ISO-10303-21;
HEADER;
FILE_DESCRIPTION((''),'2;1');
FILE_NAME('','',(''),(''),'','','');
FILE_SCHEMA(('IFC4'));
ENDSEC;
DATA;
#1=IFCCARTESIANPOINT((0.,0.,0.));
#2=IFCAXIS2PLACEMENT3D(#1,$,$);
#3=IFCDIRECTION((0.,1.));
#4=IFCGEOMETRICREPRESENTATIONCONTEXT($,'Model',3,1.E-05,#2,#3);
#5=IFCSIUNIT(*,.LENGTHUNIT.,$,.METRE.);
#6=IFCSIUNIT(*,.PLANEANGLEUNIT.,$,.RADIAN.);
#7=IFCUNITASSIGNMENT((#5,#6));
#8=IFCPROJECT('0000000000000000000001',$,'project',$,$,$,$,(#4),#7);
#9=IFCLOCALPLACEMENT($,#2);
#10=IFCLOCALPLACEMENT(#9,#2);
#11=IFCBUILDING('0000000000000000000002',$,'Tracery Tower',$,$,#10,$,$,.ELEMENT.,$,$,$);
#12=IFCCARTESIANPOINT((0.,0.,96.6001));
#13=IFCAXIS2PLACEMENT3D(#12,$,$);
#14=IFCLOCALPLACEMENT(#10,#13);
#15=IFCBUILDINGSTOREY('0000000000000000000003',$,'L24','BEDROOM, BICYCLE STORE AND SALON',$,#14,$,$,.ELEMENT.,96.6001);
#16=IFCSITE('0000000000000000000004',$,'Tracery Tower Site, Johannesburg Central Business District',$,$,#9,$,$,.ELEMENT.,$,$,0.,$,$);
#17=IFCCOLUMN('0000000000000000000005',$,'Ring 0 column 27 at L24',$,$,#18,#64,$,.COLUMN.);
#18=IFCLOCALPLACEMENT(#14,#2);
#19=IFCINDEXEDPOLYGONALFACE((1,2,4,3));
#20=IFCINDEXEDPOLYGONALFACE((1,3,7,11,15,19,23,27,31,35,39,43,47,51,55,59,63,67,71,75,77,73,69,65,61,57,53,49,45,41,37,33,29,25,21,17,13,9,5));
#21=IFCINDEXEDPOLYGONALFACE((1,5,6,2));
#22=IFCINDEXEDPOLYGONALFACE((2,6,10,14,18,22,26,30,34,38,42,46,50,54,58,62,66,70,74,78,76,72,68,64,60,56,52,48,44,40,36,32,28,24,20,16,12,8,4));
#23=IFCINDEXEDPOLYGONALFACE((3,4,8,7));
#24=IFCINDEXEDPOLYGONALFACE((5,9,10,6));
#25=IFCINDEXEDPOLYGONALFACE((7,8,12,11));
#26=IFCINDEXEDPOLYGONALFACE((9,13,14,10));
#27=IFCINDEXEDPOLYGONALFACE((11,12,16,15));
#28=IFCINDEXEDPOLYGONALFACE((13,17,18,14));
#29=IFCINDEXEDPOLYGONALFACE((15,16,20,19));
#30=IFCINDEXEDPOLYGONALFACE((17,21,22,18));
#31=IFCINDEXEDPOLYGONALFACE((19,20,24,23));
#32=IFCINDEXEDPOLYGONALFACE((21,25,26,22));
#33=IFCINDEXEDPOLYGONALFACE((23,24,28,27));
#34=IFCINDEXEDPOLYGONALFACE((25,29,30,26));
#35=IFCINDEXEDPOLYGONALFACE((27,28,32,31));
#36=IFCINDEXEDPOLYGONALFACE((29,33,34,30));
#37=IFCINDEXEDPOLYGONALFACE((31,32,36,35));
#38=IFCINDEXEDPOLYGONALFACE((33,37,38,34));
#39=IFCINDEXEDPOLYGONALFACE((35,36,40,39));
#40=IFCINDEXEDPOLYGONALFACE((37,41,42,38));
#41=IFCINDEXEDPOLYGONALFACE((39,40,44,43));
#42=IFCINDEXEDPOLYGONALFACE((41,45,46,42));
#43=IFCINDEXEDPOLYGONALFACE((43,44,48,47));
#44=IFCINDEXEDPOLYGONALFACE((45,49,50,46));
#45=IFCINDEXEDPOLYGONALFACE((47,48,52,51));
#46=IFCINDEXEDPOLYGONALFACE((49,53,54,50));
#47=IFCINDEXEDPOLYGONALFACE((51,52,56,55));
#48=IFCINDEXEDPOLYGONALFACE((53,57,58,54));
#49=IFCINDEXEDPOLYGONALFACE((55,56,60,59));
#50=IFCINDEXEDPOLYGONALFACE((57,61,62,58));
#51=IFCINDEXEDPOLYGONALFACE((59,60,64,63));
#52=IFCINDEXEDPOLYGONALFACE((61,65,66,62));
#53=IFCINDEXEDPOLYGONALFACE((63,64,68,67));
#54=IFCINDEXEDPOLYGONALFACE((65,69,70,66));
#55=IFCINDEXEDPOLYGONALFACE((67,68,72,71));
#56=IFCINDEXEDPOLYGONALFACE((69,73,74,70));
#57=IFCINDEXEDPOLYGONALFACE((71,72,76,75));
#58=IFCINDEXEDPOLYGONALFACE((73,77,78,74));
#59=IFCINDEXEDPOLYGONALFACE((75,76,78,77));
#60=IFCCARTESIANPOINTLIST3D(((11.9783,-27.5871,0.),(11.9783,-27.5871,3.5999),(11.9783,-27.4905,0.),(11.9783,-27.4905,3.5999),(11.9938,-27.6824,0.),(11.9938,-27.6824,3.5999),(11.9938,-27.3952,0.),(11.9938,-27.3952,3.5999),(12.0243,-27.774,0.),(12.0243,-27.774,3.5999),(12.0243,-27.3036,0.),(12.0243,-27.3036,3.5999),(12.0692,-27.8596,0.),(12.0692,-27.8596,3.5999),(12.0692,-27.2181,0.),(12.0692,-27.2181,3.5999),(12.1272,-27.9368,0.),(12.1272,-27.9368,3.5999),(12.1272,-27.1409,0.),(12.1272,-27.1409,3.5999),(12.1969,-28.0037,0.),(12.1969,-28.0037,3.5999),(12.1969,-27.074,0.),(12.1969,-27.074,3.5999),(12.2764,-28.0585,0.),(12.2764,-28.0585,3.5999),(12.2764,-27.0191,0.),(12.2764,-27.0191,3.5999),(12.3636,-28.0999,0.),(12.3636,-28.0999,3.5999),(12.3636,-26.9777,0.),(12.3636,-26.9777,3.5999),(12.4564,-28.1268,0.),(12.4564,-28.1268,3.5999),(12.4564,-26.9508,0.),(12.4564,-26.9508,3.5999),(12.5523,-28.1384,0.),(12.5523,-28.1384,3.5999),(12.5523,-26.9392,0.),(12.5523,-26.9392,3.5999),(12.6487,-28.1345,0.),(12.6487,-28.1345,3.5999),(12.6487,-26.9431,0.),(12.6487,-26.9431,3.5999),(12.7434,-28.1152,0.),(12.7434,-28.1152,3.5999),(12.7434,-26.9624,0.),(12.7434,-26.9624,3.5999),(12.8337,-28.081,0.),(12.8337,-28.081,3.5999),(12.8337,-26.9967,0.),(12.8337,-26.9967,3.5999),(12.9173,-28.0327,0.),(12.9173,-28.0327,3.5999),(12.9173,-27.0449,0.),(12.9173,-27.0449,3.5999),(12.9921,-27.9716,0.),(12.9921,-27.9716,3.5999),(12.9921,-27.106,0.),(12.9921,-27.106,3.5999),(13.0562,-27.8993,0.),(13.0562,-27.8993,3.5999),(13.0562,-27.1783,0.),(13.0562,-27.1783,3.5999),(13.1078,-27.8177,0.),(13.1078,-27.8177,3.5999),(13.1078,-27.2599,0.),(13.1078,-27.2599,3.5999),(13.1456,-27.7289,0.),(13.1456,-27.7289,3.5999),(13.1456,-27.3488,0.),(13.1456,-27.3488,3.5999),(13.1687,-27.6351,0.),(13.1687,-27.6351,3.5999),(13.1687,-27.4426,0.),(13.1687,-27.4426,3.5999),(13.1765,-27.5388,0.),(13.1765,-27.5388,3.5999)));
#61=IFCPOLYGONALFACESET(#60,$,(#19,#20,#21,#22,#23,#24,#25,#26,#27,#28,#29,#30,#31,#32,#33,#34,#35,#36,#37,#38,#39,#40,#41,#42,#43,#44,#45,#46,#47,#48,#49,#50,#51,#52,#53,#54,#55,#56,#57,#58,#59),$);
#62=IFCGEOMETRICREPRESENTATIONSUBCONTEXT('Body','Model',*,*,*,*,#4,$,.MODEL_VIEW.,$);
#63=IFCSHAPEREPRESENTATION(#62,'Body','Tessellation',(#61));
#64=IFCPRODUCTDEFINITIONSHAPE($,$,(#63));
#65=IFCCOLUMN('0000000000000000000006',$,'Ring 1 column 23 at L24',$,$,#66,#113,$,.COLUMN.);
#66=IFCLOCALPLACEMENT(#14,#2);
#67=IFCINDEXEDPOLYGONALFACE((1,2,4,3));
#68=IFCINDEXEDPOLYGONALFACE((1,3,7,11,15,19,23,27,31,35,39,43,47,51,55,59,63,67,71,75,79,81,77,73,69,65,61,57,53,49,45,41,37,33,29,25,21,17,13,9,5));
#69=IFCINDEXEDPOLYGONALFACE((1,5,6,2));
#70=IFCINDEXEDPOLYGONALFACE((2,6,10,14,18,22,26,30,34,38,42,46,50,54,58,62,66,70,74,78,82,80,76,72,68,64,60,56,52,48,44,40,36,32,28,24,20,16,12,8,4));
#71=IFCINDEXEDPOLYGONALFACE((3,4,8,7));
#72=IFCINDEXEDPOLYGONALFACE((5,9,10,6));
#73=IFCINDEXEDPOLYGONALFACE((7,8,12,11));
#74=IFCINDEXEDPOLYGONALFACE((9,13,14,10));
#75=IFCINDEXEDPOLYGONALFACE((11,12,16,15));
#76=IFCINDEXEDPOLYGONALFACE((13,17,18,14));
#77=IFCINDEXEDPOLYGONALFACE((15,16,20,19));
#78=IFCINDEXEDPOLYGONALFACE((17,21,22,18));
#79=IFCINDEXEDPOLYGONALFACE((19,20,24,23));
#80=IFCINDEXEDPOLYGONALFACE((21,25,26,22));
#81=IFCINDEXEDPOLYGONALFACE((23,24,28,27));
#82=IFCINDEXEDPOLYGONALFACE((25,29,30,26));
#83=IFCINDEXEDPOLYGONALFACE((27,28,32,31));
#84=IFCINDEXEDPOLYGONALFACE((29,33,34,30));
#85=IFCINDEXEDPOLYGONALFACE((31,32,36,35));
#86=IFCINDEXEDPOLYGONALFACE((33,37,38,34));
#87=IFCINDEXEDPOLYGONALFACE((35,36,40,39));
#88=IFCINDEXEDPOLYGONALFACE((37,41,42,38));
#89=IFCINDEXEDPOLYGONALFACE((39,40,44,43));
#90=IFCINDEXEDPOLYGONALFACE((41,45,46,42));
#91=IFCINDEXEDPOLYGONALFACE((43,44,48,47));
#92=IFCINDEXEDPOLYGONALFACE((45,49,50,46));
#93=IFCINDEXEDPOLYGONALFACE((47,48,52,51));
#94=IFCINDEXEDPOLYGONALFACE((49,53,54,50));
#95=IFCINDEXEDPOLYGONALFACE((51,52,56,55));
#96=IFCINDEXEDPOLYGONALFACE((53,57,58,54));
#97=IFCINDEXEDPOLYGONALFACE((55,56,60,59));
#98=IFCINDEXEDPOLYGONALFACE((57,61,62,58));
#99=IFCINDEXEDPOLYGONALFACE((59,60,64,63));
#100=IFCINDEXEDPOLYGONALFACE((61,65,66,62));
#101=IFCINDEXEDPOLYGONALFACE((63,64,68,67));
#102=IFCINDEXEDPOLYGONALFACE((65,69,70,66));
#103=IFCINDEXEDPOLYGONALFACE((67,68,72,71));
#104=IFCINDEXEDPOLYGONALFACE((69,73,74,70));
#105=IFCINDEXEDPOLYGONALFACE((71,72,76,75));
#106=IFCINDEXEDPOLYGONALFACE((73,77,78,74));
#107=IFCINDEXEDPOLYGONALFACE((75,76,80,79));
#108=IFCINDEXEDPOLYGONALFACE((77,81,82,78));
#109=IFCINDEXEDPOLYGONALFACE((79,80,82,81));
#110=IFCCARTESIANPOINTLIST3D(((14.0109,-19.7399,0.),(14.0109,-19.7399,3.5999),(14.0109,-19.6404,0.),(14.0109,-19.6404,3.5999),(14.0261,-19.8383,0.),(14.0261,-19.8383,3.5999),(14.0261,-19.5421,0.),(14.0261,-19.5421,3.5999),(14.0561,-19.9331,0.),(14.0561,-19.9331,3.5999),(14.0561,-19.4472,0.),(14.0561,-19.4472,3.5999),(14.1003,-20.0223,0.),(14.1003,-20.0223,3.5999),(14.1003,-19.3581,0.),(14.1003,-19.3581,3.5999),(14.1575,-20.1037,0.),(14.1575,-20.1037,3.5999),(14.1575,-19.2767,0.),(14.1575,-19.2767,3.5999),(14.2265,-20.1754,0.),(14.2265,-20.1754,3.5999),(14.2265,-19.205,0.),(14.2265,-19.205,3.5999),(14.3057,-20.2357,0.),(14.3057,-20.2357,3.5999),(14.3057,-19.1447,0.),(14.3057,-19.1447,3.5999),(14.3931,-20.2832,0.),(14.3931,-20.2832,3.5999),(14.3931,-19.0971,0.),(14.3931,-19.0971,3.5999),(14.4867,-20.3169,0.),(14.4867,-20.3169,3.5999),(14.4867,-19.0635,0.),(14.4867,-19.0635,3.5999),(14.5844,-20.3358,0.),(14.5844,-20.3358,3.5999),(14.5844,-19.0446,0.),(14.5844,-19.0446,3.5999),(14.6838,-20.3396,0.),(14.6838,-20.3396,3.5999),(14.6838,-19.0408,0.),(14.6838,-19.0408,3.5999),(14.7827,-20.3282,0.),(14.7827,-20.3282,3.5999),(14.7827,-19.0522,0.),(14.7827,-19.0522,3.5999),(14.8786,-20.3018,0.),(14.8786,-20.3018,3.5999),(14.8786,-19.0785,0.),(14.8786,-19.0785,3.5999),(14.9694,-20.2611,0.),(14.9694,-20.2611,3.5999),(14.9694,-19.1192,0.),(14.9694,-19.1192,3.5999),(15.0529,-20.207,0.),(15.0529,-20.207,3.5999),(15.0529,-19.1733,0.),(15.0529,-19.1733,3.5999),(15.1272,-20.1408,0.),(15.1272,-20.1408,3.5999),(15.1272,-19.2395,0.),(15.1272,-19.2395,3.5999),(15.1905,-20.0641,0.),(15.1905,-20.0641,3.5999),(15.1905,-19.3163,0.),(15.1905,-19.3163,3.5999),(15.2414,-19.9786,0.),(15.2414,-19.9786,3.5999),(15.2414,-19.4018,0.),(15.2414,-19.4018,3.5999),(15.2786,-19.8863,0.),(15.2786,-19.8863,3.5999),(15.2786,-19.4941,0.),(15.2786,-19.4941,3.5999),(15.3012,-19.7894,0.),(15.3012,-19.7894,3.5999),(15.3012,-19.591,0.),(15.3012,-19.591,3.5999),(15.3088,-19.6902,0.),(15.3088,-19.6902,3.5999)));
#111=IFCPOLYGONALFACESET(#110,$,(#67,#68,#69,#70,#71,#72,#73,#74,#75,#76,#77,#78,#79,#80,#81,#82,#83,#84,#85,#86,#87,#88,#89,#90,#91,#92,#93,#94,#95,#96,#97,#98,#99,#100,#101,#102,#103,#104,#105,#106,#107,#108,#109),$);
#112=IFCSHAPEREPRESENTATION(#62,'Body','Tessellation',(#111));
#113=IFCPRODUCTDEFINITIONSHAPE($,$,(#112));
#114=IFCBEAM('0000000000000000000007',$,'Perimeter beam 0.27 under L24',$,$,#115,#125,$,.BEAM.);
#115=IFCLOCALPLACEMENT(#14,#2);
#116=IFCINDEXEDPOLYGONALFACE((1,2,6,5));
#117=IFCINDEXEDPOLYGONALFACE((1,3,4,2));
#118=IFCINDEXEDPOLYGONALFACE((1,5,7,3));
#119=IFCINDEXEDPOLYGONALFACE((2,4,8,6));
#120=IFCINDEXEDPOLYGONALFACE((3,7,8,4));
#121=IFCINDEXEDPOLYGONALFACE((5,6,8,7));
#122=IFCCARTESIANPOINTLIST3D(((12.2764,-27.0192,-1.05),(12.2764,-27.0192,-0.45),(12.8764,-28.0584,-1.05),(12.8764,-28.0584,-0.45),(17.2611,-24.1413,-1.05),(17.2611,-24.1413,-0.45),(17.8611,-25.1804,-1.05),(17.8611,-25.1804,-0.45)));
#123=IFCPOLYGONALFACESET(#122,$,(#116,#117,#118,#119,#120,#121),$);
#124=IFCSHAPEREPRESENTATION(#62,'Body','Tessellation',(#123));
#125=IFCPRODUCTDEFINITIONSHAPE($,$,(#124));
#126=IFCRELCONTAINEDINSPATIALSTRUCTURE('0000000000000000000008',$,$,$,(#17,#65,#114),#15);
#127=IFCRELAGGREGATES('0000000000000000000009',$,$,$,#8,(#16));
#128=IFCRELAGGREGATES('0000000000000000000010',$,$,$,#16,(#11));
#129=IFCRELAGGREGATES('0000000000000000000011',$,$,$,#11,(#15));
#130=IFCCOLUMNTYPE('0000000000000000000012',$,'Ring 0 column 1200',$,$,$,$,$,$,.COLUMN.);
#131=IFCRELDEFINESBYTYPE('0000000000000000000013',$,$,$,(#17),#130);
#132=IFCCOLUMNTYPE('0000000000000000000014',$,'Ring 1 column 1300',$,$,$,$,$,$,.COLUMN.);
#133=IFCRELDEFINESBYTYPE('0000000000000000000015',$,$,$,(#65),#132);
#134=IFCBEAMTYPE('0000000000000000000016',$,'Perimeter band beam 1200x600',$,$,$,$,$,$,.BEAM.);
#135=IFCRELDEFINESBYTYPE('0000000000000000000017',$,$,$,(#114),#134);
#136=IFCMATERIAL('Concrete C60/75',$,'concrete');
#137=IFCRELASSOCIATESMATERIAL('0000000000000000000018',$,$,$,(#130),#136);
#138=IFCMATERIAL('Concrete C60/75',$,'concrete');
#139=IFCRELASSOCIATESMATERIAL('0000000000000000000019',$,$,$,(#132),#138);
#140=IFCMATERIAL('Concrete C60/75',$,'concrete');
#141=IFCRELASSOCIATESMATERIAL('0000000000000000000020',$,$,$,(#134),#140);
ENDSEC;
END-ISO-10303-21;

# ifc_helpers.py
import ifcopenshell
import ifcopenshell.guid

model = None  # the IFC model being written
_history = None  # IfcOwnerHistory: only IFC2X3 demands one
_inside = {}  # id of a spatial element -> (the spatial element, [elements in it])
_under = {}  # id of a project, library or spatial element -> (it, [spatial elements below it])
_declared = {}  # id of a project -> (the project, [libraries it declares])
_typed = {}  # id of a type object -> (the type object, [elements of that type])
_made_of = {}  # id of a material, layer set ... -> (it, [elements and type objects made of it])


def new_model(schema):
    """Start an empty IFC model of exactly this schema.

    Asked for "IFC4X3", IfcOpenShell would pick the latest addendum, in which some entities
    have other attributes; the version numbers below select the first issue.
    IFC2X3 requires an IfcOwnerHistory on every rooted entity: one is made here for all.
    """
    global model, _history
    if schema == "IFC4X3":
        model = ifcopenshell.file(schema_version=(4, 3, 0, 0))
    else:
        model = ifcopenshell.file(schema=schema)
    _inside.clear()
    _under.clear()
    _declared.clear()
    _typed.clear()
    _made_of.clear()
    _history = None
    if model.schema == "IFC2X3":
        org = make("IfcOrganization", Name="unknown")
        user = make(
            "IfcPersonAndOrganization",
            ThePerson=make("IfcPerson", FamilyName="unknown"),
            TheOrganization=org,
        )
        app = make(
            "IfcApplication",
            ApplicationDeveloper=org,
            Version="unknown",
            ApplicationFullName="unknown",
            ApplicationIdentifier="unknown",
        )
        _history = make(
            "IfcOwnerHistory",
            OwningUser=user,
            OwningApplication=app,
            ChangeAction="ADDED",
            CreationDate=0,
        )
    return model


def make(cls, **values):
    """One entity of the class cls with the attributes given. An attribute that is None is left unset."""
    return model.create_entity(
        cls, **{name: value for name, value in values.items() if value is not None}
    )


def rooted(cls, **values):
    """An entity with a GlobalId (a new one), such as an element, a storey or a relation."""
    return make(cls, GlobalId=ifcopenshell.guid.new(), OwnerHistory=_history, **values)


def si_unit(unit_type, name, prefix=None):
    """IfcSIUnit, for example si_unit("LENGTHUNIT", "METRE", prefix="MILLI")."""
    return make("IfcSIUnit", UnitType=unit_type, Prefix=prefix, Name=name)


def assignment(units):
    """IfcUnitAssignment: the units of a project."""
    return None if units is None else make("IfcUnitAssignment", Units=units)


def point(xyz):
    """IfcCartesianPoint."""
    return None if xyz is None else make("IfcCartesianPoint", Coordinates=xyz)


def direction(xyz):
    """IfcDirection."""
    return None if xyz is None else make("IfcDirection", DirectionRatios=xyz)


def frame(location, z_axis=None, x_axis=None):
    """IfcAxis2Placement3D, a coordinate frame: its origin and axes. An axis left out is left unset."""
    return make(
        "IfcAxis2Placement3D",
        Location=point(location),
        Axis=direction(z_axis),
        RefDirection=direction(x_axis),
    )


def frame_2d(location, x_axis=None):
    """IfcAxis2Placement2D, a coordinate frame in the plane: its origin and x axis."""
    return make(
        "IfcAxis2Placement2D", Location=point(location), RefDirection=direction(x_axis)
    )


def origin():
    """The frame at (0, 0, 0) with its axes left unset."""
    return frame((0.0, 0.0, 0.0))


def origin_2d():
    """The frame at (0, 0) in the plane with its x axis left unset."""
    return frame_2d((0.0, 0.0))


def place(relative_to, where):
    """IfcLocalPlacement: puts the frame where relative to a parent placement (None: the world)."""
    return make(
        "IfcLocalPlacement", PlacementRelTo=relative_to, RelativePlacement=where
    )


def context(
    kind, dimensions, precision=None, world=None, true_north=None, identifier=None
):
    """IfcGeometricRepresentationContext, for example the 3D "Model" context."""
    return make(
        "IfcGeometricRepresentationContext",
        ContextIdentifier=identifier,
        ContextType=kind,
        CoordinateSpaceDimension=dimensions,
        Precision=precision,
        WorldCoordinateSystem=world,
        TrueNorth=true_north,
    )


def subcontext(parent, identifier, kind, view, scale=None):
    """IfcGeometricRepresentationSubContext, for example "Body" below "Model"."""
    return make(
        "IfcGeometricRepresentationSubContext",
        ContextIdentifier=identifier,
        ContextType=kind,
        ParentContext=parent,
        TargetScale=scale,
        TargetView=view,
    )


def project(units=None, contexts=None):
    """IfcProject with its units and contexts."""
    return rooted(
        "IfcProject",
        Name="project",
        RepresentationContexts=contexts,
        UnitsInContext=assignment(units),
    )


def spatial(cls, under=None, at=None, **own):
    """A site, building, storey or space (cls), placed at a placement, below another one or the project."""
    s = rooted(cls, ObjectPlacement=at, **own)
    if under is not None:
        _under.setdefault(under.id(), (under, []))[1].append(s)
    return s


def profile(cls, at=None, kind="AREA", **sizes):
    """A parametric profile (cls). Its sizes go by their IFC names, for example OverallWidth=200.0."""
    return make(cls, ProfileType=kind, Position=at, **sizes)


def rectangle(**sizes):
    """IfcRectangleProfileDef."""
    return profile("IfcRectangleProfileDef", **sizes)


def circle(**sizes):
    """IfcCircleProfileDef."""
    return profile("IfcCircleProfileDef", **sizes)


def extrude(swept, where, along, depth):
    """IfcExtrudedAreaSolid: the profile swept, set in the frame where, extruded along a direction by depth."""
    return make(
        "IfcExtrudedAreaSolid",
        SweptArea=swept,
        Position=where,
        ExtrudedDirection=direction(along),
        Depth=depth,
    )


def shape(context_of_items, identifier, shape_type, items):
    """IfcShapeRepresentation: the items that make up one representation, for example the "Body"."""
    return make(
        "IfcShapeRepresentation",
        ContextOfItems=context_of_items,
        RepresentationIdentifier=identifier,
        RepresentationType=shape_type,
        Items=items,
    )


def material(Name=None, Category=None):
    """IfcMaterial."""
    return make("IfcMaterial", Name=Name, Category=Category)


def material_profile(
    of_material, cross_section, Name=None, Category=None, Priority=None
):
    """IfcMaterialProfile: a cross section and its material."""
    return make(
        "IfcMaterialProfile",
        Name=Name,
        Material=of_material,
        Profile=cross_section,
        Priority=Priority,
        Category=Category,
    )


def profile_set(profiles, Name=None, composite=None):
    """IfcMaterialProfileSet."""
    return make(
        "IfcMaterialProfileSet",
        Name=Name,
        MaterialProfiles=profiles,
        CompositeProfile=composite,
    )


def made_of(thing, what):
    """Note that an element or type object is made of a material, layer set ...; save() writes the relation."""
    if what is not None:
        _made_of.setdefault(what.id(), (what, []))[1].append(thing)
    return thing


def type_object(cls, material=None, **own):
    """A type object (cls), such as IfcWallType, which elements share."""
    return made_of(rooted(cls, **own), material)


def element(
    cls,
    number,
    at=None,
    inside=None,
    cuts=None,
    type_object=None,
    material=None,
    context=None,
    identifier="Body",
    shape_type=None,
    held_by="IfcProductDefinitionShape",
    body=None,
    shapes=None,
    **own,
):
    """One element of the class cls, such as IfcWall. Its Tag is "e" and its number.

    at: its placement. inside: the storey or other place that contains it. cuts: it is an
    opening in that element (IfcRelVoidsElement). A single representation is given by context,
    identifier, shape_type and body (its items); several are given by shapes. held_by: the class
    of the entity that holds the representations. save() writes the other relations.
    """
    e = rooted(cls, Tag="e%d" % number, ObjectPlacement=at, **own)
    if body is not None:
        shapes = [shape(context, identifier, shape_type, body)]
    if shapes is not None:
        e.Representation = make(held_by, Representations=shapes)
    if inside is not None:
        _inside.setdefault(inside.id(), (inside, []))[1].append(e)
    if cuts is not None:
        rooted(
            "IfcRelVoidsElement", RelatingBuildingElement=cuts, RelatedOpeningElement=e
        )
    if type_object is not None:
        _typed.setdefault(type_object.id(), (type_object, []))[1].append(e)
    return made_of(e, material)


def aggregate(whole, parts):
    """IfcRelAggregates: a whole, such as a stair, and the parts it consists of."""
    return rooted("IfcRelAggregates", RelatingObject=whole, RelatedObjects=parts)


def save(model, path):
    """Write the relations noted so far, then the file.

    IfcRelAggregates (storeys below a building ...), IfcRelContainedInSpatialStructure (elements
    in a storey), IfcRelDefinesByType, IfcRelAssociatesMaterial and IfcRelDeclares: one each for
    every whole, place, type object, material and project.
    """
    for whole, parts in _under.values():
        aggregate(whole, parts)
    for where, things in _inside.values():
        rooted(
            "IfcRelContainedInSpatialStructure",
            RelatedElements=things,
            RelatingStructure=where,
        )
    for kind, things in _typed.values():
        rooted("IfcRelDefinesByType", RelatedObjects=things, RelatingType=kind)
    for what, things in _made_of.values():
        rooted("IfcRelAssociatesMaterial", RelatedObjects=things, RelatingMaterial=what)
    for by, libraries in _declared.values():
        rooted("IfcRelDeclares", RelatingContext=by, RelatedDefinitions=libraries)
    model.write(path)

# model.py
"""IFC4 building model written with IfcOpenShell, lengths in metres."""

from ifc_helpers import new_model, si_unit, direction, frame, origin, origin_2d, place, context, subcontext, project, spatial, rectangle, circle, extrude, material, material_profile, profile_set, type_object, element, save


model = new_model("IFC4")

# Units and contexts
model_context = context("Model", 3, precision=1e-05, world=origin(), true_north=direction((0.0, 1.0)))
body_context = subcontext(model_context, "Body", "Model", "MODEL_VIEW")
ifc_project = project(units=[si_unit("LENGTHUNIT", "METRE"), si_unit("PLANEANGLEUNIT", "RADIAN")], contexts=[model_context])

# Site, building, storey
site_placement = place(None, origin())
site = spatial("IfcSite", under=ifc_project, at=site_placement, Name="Tracery Tower Site, Johannesburg Central Business District", CompositionType="ELEMENT", RefElevation=0.0)
building_placement = place(site_placement, origin())
building = spatial("IfcBuilding", under=site, at=building_placement, Name="Tracery Tower", CompositionType="ELEMENT")
storey_placement = place(building_placement, frame((0.0, 0.0, 96.6001)))
storey = spatial("IfcBuildingStorey", under=building, at=storey_placement, Name="L24", Description="BEDROOM, BICYCLE STORE AND SALON", CompositionType="ELEMENT", Elevation=96.6001)

# Columns
ifc_material_1 = material(Name="Concrete C60/75", Category="concrete")
ifc_material_profile_1 = material_profile(ifc_material_1, circle(Radius=0.6001, at=origin_2d()), Name="RC D1200")
ifc_profile_set_1 = profile_set([ifc_material_profile_1], Name="Concrete C60/75")
column_type_1 = type_object("IfcColumnType", Name="Ring 0 column 1200", PredefinedType="COLUMN", material=ifc_profile_set_1)
column_1_placement = place(storey_placement, frame((12.5764, -27.5388, 0.0), z_axis=(0.0, 0.0, 1.0), x_axis=(1.0, 0.0, 0.0)))
element("IfcColumn", 1, at=column_1_placement, inside=storey, type_object=column_type_1, Name="Ring 0 column 27 at L24", PredefinedType="COLUMN", context=body_context, shape_type="SweptSolid", body=[
    extrude(circle(Radius=0.6001, at=origin_2d()), origin(), (0.0, 0.0, 1.0), 3.5999),
])
ifc_material_2 = material(Name="Concrete C60/75", Category="concrete")
ifc_material_profile_2 = material_profile(ifc_material_2, circle(Radius=0.6499, at=origin_2d()), Name="RC D1300")
ifc_profile_set_2 = profile_set([ifc_material_profile_2], Name="Concrete C60/75")
column_type_2 = type_object("IfcColumnType", Name="Ring 1 column 1300", PredefinedType="COLUMN", material=ifc_profile_set_2)
column_2_placement = place(storey_placement, frame((14.6589, -19.6902, 0.0), z_axis=(0.0, 0.0, 1.0), x_axis=(1.0, 0.0, 0.0)))
element("IfcColumn", 2, at=column_2_placement, inside=storey, type_object=column_type_2, Name="Ring 1 column 23 at L24", PredefinedType="COLUMN", context=body_context, shape_type="SweptSolid", body=[
    extrude(circle(Radius=0.6499, at=origin_2d()), origin(), (0.0, 0.0, 1.0), 3.5999),
])

# Beam
ifc_material_3 = material(Name="Concrete C60/75", Category="concrete")
ifc_material_profile_3 = material_profile(ifc_material_3, rectangle(XDim=1.2, YDim=0.6001, at=origin_2d()), Name="RC 1200x600")
ifc_profile_set_3 = profile_set([ifc_material_profile_3], Name="Concrete C60/75")
beam_type = type_object("IfcBeamType", Name="Perimeter band beam 1200x600", PredefinedType="BEAM", material=ifc_profile_set_3)
beam_placement = place(storey_placement, frame((12.5764, -27.5388, -0.75), z_axis=(0.866021, 0.500008, 0.0), x_axis=(-0.500008, 0.866021, 0.0)))
element("IfcBeam", 3, at=beam_placement, inside=storey, type_object=beam_type, Name="Perimeter beam 0.27 under L24", PredefinedType="BEAM", context=body_context, shape_type="SweptSolid", body=[
    extrude(rectangle(XDim=1.2, YDim=0.6001, at=origin_2d()), origin(), (0.0, 0.0, 1.0), 5.7559),
])

save(model, "model.ifc")
